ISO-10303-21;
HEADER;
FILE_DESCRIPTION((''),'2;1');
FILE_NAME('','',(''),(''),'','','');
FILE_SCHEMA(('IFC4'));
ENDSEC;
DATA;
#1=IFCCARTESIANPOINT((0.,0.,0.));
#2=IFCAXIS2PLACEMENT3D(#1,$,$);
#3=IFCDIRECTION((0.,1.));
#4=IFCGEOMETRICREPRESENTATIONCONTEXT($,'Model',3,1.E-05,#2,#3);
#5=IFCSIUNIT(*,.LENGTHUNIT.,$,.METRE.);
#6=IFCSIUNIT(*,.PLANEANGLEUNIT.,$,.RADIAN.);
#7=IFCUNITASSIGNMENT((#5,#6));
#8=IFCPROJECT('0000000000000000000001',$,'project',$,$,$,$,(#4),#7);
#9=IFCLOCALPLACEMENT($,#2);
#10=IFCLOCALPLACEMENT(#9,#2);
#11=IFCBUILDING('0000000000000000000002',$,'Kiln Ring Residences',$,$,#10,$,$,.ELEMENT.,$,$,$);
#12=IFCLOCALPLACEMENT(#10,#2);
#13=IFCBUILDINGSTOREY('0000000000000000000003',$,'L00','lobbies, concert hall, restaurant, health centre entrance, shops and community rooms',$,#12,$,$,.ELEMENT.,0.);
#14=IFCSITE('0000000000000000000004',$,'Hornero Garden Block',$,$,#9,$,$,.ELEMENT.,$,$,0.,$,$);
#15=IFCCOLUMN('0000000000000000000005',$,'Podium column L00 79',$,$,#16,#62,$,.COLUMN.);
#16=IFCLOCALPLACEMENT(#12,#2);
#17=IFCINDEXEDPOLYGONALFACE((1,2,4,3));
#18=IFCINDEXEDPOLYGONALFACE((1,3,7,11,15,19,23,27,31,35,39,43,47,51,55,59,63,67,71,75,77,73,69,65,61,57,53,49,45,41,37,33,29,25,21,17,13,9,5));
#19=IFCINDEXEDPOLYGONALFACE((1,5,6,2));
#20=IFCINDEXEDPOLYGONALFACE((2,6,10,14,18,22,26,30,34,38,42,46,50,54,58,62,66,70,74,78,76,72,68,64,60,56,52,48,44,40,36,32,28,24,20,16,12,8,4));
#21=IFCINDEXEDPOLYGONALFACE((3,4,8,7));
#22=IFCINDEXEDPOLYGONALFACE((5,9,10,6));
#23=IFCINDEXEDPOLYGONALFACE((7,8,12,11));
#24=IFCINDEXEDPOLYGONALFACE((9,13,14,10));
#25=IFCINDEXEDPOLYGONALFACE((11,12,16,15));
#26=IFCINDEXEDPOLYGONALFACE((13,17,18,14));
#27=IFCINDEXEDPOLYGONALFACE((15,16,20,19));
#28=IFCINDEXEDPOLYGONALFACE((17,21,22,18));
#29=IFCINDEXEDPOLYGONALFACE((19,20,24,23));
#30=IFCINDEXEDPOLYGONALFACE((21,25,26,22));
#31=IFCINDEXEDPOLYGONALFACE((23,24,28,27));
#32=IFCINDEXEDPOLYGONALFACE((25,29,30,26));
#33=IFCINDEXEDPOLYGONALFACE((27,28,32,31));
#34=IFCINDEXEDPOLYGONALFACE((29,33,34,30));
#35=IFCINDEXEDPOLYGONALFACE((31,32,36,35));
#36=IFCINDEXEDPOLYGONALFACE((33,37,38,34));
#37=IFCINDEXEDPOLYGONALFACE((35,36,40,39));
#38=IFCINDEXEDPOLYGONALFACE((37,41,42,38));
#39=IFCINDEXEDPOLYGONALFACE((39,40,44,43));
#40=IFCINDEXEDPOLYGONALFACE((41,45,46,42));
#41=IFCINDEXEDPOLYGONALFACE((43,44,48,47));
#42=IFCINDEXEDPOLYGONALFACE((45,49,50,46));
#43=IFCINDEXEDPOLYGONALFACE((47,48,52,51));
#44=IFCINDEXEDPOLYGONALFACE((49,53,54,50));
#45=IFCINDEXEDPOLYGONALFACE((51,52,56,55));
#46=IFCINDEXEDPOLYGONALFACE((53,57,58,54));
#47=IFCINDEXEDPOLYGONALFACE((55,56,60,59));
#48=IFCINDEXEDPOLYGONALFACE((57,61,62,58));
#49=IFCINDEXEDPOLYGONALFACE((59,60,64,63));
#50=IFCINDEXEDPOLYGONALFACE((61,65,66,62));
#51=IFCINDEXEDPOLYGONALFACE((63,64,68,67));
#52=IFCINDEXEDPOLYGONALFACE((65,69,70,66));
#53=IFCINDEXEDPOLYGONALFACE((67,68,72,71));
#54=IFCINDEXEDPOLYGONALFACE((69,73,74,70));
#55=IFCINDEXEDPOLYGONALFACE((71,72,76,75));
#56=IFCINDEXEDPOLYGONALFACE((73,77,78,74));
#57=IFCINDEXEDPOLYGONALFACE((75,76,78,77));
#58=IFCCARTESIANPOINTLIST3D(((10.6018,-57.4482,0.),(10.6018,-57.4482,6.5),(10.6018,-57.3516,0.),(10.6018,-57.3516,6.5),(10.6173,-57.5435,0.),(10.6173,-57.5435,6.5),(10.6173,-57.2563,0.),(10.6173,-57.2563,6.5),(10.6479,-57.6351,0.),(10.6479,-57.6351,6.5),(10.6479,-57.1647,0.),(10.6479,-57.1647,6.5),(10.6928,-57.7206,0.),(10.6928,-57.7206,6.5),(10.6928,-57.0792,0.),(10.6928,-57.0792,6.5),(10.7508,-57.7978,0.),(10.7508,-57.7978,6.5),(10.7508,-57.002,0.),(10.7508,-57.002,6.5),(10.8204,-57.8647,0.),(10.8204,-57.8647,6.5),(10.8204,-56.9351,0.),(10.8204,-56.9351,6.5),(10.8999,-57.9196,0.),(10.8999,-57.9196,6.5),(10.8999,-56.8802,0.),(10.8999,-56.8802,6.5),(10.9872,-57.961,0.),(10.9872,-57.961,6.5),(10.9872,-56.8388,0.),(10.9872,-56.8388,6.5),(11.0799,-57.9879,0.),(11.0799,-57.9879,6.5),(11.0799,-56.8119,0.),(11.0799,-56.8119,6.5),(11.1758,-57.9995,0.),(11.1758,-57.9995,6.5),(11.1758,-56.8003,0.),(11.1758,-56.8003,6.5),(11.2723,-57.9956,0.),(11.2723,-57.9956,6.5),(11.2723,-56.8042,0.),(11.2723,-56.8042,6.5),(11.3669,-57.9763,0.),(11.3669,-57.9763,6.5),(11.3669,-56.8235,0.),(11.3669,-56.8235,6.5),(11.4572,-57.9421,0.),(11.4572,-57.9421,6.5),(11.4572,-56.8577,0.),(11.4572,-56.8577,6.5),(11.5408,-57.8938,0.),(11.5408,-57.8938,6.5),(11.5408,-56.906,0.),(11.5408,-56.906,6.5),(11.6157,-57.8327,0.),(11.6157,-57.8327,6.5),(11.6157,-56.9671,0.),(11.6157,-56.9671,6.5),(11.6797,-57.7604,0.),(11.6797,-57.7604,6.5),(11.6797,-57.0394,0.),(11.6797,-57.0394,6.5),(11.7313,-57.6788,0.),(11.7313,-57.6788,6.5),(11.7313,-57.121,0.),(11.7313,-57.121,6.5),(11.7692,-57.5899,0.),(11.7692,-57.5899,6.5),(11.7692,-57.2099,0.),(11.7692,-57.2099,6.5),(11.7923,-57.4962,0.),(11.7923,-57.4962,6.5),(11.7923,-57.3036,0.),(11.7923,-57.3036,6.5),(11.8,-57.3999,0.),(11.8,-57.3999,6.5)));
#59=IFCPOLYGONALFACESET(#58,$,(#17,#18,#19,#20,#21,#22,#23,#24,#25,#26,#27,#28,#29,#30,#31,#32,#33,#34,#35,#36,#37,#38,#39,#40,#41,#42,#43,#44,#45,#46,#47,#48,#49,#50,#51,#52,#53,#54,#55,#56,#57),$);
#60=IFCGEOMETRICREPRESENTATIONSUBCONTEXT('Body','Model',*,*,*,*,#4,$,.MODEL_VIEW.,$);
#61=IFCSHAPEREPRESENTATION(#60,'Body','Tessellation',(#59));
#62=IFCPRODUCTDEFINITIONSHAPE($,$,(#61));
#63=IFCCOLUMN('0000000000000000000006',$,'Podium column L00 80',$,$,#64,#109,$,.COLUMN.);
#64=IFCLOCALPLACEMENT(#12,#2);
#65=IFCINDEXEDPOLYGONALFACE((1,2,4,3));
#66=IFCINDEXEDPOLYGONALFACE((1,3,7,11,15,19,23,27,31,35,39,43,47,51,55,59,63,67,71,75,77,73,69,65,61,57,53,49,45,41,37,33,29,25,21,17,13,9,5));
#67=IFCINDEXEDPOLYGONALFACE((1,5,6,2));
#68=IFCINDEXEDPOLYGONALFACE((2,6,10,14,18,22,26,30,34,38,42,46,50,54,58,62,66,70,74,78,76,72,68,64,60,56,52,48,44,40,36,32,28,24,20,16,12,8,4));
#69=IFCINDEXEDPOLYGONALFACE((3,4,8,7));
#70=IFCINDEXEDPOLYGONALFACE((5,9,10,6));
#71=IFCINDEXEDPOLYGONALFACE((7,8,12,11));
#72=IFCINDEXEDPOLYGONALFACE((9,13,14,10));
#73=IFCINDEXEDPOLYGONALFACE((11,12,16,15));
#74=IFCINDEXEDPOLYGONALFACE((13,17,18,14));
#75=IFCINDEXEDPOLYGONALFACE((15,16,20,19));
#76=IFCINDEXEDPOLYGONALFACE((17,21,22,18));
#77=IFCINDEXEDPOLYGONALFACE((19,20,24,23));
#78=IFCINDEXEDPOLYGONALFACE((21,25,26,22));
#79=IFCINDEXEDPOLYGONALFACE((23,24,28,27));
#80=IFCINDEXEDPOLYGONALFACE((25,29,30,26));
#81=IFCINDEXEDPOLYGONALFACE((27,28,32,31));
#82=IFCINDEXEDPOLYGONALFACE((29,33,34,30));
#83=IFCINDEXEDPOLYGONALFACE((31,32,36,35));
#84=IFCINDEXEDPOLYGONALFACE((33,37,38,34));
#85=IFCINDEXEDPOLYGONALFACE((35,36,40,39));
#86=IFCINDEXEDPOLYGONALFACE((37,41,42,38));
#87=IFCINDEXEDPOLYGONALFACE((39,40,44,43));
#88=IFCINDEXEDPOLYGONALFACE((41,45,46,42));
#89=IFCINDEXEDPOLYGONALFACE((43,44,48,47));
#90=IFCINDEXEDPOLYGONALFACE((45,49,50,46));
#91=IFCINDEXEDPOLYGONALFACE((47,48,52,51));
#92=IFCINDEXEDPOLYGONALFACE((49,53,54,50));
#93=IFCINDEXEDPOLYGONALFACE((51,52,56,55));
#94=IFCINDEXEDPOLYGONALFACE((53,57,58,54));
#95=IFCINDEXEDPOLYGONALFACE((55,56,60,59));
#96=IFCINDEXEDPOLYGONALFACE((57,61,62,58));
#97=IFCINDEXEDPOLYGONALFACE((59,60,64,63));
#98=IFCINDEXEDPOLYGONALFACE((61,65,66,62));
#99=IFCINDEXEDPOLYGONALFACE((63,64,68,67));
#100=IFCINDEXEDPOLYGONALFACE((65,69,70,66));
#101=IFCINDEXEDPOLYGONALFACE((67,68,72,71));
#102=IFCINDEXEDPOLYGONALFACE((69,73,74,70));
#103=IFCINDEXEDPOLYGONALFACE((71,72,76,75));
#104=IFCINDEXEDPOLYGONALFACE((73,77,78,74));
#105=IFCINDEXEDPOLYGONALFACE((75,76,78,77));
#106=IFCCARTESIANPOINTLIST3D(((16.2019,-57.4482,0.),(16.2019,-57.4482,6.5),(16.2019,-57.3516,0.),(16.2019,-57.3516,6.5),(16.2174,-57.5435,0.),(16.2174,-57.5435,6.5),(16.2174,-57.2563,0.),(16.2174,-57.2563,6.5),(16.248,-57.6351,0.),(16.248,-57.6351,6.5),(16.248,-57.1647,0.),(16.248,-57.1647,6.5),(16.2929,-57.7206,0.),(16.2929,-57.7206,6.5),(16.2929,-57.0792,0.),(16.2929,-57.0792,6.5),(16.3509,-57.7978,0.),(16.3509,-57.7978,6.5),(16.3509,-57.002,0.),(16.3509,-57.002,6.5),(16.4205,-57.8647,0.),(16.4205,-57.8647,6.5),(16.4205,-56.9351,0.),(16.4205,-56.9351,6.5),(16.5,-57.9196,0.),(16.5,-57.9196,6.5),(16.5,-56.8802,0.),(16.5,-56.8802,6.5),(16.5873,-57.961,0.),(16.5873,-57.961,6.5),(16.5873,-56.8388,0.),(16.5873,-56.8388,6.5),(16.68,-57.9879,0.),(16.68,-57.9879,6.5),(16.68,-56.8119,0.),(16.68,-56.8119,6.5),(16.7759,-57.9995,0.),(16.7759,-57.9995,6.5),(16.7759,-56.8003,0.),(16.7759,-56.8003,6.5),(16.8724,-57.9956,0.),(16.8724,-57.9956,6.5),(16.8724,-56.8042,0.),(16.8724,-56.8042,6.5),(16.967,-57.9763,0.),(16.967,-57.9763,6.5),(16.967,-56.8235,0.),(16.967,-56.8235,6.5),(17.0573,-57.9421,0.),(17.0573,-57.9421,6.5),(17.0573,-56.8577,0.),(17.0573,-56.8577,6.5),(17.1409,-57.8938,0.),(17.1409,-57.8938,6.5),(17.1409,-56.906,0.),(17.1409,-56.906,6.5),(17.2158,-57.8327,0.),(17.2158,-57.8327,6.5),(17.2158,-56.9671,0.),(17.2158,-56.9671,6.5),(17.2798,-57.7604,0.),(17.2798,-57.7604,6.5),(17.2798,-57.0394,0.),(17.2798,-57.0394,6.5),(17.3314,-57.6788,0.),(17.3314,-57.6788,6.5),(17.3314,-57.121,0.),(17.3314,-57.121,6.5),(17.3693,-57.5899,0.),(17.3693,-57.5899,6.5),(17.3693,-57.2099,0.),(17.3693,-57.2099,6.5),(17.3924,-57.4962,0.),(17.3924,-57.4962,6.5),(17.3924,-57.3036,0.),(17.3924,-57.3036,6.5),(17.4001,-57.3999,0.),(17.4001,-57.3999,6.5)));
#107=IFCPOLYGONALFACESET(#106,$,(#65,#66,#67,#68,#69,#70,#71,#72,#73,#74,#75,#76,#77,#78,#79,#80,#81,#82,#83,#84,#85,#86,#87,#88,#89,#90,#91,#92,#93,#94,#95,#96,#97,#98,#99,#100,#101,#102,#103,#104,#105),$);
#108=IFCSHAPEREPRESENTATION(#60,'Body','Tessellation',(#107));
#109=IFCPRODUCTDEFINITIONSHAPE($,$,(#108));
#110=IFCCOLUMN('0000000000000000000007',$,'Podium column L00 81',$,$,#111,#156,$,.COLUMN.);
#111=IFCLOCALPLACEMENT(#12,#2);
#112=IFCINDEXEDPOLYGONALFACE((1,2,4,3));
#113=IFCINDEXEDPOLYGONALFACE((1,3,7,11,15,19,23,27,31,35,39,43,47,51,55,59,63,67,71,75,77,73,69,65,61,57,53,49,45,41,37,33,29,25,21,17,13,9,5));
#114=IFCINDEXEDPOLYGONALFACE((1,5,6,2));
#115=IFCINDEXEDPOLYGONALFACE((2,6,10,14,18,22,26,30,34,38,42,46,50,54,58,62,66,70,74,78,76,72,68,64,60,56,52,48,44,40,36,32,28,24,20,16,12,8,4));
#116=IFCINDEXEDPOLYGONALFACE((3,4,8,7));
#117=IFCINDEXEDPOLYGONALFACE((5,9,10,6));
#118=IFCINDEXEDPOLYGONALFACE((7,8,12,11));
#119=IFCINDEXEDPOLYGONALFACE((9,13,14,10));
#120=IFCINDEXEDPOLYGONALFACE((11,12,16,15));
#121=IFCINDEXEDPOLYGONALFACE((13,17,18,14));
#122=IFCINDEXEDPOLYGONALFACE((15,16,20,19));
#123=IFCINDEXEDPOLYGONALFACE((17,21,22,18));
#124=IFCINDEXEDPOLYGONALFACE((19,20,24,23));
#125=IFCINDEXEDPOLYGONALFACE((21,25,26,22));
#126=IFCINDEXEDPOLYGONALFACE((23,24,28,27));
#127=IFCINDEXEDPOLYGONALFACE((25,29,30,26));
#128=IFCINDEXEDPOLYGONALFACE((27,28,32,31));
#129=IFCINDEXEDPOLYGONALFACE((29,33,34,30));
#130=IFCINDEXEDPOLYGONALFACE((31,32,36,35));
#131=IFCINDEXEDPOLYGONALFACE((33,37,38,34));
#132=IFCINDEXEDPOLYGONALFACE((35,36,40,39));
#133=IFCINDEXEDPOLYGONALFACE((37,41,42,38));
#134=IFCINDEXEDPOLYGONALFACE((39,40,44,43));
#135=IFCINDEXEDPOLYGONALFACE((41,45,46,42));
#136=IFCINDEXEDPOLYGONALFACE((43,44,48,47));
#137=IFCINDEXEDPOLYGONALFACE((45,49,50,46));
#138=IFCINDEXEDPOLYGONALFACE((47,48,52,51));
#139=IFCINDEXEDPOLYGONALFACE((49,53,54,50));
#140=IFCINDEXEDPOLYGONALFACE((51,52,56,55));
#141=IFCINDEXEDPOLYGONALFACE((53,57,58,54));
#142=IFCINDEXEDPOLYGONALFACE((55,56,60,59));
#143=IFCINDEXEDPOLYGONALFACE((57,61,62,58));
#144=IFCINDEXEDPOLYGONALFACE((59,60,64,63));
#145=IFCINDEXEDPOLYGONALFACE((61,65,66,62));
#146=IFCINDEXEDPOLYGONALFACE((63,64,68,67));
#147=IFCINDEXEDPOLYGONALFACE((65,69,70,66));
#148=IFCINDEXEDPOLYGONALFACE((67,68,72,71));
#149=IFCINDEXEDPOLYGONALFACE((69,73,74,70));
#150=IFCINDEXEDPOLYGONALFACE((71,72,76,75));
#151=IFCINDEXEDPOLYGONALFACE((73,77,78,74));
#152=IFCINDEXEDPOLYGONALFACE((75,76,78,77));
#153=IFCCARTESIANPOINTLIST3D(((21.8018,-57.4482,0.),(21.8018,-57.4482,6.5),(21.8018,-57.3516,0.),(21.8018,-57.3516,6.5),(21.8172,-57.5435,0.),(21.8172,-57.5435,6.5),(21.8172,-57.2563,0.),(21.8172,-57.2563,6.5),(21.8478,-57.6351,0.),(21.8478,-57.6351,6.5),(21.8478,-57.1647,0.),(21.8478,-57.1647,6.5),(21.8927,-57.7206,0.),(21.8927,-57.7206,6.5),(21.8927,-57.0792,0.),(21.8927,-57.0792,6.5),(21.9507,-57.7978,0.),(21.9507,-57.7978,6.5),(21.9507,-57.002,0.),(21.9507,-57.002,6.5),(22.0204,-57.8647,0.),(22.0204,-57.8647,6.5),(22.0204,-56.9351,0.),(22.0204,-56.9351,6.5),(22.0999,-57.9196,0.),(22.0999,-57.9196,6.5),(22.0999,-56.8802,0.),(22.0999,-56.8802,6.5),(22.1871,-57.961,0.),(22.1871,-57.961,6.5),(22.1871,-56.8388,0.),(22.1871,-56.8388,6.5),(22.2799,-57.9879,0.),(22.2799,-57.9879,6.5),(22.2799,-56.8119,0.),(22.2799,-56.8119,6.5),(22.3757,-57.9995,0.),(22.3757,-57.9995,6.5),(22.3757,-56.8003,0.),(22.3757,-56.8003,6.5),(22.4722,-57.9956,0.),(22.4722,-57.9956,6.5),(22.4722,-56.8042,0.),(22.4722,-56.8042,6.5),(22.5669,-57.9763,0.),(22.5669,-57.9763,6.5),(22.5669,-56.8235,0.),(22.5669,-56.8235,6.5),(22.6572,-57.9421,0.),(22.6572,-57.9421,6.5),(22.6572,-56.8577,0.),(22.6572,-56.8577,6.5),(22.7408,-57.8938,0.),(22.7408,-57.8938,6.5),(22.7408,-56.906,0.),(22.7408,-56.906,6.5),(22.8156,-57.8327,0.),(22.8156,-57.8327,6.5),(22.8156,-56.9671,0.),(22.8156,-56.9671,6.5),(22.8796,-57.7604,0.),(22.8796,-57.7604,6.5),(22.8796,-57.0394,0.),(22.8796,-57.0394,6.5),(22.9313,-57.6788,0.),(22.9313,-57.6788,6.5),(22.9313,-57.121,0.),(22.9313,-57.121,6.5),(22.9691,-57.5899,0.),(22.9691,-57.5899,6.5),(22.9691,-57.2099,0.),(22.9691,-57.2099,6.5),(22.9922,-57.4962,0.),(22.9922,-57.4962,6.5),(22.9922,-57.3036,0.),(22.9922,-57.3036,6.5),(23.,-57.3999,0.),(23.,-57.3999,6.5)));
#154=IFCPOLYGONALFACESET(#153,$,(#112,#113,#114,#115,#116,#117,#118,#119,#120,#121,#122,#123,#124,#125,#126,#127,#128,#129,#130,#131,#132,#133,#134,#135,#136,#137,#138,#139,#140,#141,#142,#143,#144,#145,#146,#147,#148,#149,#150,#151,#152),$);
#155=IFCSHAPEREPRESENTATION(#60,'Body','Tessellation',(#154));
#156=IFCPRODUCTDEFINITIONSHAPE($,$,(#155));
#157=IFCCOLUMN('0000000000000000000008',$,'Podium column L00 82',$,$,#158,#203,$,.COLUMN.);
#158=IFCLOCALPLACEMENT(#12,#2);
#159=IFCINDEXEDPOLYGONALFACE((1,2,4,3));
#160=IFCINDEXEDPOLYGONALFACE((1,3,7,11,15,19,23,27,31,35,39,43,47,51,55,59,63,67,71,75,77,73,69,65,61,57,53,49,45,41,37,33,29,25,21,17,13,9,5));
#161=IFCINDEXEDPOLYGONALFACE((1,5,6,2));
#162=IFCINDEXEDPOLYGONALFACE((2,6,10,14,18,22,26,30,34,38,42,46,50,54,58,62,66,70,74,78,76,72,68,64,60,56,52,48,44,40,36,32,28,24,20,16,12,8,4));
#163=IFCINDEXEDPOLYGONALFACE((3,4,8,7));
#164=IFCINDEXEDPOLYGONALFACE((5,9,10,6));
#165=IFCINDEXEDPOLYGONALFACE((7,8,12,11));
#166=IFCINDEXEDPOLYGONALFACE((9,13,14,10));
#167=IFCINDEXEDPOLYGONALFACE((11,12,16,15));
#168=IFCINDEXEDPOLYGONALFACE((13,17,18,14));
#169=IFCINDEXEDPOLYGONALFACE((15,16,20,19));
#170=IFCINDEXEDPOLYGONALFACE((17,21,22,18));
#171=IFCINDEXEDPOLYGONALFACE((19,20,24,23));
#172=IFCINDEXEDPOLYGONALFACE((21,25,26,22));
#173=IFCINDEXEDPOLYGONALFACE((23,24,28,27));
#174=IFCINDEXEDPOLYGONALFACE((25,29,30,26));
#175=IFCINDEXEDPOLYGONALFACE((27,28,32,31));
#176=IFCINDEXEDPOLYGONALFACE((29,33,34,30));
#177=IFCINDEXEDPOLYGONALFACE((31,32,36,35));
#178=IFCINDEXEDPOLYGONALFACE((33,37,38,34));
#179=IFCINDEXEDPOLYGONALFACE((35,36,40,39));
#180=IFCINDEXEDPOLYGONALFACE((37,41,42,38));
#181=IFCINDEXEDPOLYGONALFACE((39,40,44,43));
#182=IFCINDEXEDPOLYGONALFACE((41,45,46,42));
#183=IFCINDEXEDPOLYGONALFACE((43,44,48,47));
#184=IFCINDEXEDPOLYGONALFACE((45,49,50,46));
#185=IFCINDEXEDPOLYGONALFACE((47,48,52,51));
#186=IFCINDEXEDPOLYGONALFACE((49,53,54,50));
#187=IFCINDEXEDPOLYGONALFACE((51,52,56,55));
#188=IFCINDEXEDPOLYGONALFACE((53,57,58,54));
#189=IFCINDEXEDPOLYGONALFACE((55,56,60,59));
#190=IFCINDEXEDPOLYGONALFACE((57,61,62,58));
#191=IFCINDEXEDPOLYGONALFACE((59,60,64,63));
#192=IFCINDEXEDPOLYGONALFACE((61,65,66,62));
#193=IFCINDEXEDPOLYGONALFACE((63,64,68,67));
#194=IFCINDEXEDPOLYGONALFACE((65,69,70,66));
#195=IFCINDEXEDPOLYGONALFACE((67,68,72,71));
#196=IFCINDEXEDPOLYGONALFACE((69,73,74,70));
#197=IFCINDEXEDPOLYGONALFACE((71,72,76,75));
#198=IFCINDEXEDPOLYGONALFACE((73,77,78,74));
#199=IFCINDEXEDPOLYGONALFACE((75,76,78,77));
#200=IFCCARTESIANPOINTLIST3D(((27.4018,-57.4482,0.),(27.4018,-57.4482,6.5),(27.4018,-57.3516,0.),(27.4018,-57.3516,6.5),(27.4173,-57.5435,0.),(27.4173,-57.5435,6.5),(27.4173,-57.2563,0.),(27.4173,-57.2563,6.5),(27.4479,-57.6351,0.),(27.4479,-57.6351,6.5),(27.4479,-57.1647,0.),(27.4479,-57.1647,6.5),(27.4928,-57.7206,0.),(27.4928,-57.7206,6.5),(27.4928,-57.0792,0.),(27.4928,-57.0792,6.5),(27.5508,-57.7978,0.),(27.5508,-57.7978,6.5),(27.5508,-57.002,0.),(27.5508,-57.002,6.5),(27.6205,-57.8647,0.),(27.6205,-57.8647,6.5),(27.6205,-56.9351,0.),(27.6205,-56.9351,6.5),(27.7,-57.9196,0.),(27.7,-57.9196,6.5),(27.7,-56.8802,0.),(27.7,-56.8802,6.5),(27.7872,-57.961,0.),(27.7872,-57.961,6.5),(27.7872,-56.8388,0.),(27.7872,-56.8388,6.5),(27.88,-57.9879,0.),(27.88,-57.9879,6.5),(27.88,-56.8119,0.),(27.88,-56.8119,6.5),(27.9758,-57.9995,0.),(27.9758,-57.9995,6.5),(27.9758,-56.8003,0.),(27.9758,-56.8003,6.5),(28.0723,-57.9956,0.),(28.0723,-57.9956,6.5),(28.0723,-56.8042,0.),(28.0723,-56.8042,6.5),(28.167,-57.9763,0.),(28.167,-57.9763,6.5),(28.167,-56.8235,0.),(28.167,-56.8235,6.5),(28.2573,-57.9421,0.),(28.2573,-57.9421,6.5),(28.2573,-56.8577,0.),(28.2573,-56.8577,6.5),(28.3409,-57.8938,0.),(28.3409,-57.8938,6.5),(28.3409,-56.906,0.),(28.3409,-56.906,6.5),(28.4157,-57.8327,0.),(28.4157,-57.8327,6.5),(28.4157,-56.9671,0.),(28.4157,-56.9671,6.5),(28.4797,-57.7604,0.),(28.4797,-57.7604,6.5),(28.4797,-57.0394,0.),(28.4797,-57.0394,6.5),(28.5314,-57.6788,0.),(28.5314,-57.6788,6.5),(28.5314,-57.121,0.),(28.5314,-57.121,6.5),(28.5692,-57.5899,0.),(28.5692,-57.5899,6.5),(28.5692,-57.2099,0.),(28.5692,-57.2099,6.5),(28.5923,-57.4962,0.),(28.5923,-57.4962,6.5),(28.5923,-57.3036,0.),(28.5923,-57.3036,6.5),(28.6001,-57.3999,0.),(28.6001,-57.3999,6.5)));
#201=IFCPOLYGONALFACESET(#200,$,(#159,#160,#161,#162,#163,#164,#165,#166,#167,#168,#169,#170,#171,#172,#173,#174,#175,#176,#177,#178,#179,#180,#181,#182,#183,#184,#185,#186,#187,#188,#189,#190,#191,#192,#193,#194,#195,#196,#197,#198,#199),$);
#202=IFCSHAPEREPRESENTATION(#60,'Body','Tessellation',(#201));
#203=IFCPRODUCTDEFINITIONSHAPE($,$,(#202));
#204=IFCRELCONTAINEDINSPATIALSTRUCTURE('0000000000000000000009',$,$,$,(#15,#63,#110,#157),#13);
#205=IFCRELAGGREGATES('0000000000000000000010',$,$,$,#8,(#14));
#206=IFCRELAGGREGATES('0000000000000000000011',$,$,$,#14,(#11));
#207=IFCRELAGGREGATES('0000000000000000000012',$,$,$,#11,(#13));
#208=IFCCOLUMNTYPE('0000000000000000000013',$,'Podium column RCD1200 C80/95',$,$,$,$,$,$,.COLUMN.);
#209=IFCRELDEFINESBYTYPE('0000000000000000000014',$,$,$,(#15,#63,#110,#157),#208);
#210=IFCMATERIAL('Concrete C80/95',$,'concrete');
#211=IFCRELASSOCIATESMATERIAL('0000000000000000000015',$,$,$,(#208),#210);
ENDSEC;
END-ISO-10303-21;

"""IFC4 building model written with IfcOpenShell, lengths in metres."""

from ifc_helpers import new_model, si_unit, direction, frame, origin, origin_2d, place, context, subcontext, project, spatial, circle, extrude, material, material_profile, profile_set, type_object, element, save


model = new_model("IFC4")

# Units and contexts
model_context = context("Model", 3, precision=1e-05, world=origin(), true_north=direction((0.0, 1.0)))
body_context = subcontext(model_context, "Body", "Model", "MODEL_VIEW")
ifc_project = project(units=[si_unit("LENGTHUNIT", "METRE"), si_unit("PLANEANGLEUNIT", "RADIAN")], contexts=[model_context])

# Site, building, storey
site_placement = place(None, origin())
site = spatial("IfcSite", under=ifc_project, at=site_placement, Name="Hornero Garden Block", CompositionType="ELEMENT", RefElevation=0.0)
building_placement = place(site_placement, origin())
building = spatial("IfcBuilding", under=site, at=building_placement, Name="Kiln Ring Residences", CompositionType="ELEMENT")
storey_placement = place(building_placement, origin())
storey = spatial("IfcBuildingStorey", under=building, at=storey_placement, Name="L00", Description="lobbies, concert hall, restaurant, health centre entrance, shops and community rooms", CompositionType="ELEMENT", Elevation=0.0)

# Columns
ifc_material_1 = material(Name="Concrete C80/95", Category="concrete")
ifc_material_profile_1 = material_profile(ifc_material_1, circle(Radius=0.6001, at=origin_2d()), Name="RCD1200")
ifc_profile_set_1 = profile_set([ifc_material_profile_1], Name="Concrete C80/95")
column_type = type_object("IfcColumnType", Name="Podium column RCD1200 C80/95", PredefinedType="COLUMN", material=ifc_profile_set_1)
for number, where, z_axis, x_axis, name in (
    (1, (11.2, -57.3999, 0.0), (0.0, 0.0, 1.0), (1.0, 0.0, 0.0), "Podium column L00 79"),
    (2, (16.8, -57.3999, 0.0), (0.0, 0.0, 1.0), (1.0, 0.0, 0.0), "Podium column L00 80"),
    (3, (22.3999, -57.3999, 0.0), (0.0, 0.0, 1.0), (1.0, 0.0, 0.0), "Podium column L00 81"),
    (4, (28.0, -57.3999, 0.0), (0.0, 0.0, 1.0), (1.0, 0.0, 0.0), "Podium column L00 82"),
):
    element("IfcColumn", number, at=place(storey_placement, frame(where, z_axis=z_axis, x_axis=x_axis)), inside=storey, type_object=column_type, Name=name, PredefinedType="COLUMN", context=body_context, shape_type="SweptSolid", body=[
        extrude(circle(Radius=0.6001, at=origin_2d()), origin(), (0.0, 0.0, 1.0), 6.5),
    ])

save(model, "model.ifc")
